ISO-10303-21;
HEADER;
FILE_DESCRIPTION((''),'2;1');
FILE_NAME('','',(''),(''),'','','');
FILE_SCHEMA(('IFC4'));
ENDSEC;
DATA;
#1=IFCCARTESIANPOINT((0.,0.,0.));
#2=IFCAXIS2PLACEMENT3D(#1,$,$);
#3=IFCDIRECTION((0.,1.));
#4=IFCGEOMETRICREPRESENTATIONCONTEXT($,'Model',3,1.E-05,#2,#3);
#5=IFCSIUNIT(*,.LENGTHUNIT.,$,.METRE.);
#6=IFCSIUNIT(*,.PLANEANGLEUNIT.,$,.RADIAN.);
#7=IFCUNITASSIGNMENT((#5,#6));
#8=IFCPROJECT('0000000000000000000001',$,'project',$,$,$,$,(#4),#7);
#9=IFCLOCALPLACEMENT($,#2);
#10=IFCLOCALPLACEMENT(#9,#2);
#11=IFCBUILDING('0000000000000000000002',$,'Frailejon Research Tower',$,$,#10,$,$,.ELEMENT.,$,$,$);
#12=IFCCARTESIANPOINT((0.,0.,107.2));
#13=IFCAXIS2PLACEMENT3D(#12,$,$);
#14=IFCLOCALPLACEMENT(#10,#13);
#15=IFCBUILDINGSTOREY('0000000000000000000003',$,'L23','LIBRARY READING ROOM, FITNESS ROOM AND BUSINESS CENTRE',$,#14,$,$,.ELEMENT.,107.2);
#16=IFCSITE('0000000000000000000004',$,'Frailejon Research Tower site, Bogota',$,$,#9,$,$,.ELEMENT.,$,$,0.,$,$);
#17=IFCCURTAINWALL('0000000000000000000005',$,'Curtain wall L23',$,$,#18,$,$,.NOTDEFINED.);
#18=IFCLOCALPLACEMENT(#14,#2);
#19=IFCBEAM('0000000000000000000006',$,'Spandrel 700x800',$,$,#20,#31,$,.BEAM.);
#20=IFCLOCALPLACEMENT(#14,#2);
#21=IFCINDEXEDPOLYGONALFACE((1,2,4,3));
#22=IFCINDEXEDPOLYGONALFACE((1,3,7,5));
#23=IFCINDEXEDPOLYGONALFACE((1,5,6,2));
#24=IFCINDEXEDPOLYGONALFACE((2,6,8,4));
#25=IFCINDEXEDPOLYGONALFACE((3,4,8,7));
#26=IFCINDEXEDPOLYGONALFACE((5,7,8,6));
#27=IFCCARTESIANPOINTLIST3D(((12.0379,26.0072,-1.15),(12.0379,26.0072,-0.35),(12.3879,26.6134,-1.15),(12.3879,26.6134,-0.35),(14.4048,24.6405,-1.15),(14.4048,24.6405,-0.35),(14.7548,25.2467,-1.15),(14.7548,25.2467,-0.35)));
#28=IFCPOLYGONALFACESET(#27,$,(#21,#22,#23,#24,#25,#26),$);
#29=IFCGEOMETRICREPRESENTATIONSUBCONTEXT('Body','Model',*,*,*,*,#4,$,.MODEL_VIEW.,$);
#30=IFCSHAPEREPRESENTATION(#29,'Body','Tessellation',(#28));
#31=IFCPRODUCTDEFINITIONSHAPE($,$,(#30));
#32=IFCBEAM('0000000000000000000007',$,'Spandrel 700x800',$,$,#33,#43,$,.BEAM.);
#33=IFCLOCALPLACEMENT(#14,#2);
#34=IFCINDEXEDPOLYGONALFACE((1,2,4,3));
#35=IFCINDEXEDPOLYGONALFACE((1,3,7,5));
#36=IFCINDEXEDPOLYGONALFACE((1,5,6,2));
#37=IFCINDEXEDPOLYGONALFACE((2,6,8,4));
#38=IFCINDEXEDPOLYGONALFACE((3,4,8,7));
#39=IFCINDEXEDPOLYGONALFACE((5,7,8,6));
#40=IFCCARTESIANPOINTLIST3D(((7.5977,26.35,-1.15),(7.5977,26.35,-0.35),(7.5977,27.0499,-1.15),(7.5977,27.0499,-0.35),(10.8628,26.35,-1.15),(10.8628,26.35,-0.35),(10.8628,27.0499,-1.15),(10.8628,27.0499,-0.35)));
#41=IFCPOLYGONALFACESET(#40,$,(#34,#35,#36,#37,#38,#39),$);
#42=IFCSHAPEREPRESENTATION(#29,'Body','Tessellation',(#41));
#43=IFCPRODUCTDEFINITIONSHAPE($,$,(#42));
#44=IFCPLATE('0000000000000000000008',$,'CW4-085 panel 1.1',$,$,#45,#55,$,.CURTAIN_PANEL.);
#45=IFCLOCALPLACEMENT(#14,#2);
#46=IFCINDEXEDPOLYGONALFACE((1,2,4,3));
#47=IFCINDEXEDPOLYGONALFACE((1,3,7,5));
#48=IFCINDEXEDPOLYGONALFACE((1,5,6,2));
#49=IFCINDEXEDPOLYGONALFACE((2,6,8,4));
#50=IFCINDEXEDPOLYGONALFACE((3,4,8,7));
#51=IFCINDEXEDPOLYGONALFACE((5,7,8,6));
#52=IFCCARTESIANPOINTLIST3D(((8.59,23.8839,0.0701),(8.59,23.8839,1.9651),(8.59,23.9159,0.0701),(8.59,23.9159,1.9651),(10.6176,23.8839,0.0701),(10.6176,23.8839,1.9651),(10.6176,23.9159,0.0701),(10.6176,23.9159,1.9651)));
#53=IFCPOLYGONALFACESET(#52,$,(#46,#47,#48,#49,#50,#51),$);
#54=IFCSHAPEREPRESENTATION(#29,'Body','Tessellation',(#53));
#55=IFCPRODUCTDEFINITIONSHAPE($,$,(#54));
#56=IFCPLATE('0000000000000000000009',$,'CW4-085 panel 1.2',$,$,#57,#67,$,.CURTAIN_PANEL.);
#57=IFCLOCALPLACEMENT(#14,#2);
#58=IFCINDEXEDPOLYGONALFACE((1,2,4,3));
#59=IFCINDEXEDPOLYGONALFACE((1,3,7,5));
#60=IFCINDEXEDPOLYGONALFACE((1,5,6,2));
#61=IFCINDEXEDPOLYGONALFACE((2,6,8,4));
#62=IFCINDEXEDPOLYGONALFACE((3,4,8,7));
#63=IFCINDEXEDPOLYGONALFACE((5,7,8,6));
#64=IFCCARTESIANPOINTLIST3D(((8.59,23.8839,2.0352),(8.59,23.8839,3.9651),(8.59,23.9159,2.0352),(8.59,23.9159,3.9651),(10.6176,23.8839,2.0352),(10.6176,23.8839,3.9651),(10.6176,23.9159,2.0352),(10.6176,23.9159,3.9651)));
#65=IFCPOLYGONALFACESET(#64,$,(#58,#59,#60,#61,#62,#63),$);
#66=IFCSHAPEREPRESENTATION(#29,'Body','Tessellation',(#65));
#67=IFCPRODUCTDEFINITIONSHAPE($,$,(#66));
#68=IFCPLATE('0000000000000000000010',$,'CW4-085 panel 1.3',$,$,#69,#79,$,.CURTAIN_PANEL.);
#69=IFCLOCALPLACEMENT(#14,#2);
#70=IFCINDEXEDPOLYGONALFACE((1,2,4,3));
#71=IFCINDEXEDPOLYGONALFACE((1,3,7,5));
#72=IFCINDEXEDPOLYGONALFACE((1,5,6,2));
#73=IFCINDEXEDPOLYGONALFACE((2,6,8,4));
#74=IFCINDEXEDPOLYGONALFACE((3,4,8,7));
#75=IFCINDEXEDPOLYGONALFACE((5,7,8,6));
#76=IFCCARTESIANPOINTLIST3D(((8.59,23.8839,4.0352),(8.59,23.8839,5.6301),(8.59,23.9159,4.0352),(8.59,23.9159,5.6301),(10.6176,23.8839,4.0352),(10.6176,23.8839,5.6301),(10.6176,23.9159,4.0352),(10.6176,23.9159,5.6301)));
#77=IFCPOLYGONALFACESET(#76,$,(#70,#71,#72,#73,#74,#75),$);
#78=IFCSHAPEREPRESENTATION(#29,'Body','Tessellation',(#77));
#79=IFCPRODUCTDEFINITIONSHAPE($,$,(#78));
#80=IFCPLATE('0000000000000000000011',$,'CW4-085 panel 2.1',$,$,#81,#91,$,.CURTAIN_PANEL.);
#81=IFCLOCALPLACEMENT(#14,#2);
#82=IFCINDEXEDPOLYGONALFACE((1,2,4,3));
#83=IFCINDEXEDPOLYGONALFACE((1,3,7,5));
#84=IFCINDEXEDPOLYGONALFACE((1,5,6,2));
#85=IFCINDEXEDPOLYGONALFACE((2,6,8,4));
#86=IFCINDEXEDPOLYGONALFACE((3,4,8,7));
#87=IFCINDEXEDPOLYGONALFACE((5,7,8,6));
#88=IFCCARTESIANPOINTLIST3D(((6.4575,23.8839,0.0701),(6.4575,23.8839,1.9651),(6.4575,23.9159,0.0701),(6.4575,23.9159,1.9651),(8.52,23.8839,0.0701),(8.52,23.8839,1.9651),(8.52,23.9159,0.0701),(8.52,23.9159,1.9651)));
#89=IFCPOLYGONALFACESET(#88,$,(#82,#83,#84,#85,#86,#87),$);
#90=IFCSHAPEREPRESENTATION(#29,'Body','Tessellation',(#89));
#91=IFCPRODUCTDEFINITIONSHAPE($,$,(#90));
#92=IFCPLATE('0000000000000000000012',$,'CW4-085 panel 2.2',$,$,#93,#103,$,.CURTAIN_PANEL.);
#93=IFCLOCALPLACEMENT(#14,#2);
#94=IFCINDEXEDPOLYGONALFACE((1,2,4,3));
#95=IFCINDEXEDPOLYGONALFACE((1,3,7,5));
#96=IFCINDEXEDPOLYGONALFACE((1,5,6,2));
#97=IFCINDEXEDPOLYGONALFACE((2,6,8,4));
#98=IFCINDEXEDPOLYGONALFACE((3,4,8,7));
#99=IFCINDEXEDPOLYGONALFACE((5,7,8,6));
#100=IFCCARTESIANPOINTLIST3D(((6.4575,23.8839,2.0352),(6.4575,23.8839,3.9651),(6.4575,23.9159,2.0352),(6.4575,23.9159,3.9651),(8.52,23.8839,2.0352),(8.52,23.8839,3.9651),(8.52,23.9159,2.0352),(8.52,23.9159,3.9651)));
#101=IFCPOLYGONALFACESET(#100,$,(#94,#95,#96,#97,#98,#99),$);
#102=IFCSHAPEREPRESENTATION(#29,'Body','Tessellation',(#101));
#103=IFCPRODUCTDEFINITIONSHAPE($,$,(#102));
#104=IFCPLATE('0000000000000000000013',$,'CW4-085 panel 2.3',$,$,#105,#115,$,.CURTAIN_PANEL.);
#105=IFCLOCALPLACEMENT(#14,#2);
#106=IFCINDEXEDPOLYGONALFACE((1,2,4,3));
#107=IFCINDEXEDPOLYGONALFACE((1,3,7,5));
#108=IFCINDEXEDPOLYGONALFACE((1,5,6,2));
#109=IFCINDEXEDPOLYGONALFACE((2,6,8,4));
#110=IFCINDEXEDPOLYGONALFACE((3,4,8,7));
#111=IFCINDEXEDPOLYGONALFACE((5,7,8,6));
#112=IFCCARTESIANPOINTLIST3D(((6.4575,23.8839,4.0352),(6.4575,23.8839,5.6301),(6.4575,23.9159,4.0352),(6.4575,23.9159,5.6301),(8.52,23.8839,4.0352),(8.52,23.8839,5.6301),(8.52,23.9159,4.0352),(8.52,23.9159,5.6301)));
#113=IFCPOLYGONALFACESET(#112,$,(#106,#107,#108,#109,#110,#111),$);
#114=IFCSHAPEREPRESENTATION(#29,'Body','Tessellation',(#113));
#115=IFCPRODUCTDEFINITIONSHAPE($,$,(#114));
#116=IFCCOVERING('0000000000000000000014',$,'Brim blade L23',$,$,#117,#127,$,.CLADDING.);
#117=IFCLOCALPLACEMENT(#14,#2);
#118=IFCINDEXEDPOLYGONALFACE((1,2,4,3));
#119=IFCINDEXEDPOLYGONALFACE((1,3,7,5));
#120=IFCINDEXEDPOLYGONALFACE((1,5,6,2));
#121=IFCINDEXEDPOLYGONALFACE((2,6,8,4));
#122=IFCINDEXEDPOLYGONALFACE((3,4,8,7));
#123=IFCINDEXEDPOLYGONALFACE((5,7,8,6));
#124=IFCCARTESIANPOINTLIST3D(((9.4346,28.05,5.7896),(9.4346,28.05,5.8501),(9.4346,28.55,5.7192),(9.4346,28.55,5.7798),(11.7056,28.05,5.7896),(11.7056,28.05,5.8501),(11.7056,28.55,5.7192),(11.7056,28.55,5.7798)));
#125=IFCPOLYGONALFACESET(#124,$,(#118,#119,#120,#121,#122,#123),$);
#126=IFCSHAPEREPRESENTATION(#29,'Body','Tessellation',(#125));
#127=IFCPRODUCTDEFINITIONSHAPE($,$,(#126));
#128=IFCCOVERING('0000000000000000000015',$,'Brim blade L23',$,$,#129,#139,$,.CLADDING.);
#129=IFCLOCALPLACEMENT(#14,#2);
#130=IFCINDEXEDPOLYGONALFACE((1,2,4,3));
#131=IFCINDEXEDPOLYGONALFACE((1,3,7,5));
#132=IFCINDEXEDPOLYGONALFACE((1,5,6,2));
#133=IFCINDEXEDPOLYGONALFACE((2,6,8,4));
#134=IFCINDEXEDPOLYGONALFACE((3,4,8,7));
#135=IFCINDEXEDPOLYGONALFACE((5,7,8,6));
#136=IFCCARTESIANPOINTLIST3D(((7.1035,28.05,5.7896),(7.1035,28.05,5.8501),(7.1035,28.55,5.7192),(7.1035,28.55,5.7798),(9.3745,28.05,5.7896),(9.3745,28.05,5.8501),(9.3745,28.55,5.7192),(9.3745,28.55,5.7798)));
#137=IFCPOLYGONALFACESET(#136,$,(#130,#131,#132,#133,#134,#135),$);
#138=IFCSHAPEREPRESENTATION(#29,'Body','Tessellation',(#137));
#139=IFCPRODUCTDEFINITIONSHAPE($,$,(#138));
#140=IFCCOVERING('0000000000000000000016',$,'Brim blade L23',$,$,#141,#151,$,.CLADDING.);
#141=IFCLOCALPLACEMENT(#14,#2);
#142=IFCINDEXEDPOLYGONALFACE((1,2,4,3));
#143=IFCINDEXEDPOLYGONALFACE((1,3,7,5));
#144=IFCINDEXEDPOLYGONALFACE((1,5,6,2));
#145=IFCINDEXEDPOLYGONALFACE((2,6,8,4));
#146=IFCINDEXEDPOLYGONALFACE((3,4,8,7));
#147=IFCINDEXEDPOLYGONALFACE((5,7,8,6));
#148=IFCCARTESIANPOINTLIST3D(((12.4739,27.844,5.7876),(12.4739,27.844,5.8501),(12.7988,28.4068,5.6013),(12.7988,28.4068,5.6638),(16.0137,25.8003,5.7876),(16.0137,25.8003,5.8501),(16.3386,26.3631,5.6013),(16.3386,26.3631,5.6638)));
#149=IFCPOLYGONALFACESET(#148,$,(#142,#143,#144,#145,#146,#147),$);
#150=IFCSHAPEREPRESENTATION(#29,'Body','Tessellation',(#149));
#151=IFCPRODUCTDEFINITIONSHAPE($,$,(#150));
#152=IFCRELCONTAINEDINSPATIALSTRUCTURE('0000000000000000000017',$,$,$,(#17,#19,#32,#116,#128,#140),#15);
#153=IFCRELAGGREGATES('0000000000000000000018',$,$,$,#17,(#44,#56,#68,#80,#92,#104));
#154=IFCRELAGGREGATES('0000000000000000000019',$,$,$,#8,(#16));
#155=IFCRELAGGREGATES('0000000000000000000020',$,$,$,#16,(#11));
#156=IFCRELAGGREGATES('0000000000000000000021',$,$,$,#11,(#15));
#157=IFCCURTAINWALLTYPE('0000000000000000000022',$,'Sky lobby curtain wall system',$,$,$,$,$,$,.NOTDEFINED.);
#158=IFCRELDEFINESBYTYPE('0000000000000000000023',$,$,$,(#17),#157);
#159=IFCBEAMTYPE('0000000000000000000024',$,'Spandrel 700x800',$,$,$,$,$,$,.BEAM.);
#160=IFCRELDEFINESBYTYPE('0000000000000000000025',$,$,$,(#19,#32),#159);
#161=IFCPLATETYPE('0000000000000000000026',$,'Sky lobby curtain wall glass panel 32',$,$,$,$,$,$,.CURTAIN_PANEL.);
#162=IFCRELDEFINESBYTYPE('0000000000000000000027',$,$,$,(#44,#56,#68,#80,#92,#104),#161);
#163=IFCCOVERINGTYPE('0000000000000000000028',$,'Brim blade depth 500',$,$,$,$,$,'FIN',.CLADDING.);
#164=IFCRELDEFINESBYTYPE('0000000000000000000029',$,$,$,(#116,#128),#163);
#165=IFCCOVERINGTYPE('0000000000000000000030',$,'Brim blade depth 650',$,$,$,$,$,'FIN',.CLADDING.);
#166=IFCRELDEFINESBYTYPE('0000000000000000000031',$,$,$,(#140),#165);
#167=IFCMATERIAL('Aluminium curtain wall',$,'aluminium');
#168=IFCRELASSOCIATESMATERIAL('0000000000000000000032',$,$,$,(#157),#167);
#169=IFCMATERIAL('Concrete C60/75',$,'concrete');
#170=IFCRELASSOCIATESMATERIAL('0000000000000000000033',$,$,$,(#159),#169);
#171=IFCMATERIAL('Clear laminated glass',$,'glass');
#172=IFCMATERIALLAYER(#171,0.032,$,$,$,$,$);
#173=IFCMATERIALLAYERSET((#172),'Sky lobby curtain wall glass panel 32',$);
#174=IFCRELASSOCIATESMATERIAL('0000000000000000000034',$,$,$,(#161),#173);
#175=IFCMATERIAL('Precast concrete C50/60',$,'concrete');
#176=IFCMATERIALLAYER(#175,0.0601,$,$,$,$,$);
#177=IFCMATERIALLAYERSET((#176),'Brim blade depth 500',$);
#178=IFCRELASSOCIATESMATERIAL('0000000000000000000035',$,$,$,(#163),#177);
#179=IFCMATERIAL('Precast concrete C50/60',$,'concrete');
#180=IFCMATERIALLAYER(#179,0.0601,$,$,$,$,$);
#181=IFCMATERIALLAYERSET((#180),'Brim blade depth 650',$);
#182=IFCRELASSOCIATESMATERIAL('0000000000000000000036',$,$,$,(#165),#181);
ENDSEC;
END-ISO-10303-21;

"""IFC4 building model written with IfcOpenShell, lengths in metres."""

from ifc_helpers import new_model, si_unit, direction, frame, origin, origin_2d, place, context, subcontext, project, spatial, polyline, rectangle, outline, extrude, material, layer, layer_set, material_profile, profile_set, type_object, element, aggregate, save


model = new_model("IFC4")

# Units and contexts
model_context = context("Model", 3, precision=1e-05, world=origin(), true_north=direction((0.0, 1.0)))
body_context = subcontext(model_context, "Body", "Model", "MODEL_VIEW")
ifc_project = project(units=[si_unit("LENGTHUNIT", "METRE"), si_unit("PLANEANGLEUNIT", "RADIAN")], contexts=[model_context])

# Site, building, storey
site_placement = place(None, origin())
site = spatial("IfcSite", under=ifc_project, at=site_placement, Name="Frailejon Research Tower site, Bogota", CompositionType="ELEMENT", RefElevation=0.0)
building_placement = place(site_placement, origin())
building = spatial("IfcBuilding", under=site, at=building_placement, Name="Frailejon Research Tower", CompositionType="ELEMENT")
storey_placement = place(building_placement, frame((0.0, 0.0, 107.2)))
storey = spatial("IfcBuildingStorey", under=building, at=storey_placement, Name="L23", Description="LIBRARY READING ROOM, FITNESS ROOM AND BUSINESS CENTRE", CompositionType="ELEMENT", Elevation=107.2)

# Curtain wall
ifc_material_1 = material(Name="Aluminium curtain wall", Category="aluminium")
curtain_wall_type = type_object("IfcCurtainWallType", Name="Sky lobby curtain wall system", PredefinedType="NOTDEFINED", material=ifc_material_1)
curtain_wall_placement = place(storey_placement, origin())
curtain_wall = element("IfcCurtainWall", 1, at=curtain_wall_placement, inside=storey, type_object=curtain_wall_type, Name="Curtain wall L23", PredefinedType="NOTDEFINED")

# Beams
ifc_material_2 = material(Name="Concrete C60/75", Category="concrete")
ifc_material_profile_1 = material_profile(ifc_material_2, rectangle(XDim=0.7, YDim=0.8, at=origin_2d()), Name="Spandrel 700x800")
ifc_profile_set_1 = profile_set([ifc_material_profile_1], Name="Concrete C60/75")
beam_type_1 = type_object("IfcBeamType", Name="Spandrel 700x800", PredefinedType="BEAM", material=ifc_profile_set_1)
beam_1_placement = place(storey_placement, frame((14.5798, 24.9436, -0.75), z_axis=(-0.866003, 0.500039, 0.0), x_axis=(-0.500039, -0.866003, 0.0)))
element("IfcBeam", 2, at=beam_1_placement, inside=storey, type_object=beam_type_1, Name="Spandrel 700x800", PredefinedType="BEAM", context=body_context, shape_type="SweptSolid", body=[
    extrude(rectangle(XDim=0.7, YDim=0.8, at=origin_2d()), origin(), (0.0, 0.0, 1.0), 2.7332),
])
beam_2_placement = place(storey_placement, frame((10.8628, 26.7, -0.75), z_axis=(-1.0, 0.0, 0.0), x_axis=(0.0, -1.0, 0.0)))
element("IfcBeam", 3, at=beam_2_placement, inside=storey, type_object=beam_type_1, Name="Spandrel 700x800", PredefinedType="BEAM", context=body_context, shape_type="SweptSolid", body=[
    extrude(rectangle(XDim=0.7, YDim=0.8, at=origin_2d()), origin(), (0.0, 0.0, 1.0), 3.2651),
])

# Plates
ifc_material_3 = material(Name="Clear laminated glass", Category="glass")
ifc_layer_1 = layer(ifc_material_3, 0.032)
ifc_layer_set_1 = layer_set([ifc_layer_1], Name="Sky lobby curtain wall glass panel 32")
plate_type = type_object("IfcPlateType", Name="Sky lobby curtain wall glass panel 32", PredefinedType="CURTAIN_PANEL", material=ifc_layer_set_1)
plate_1_placement = place(storey_placement, frame((9.6038, 23.8999, 0.0701), z_axis=(0.0, 0.0, 1.0), x_axis=(-1.0, 0.0, 0.0)))
plate_1 = element("IfcPlate", 4, at=plate_1_placement, type_object=plate_type, Name="CW4-085 panel 1.1", PredefinedType="CURTAIN_PANEL", context=body_context, shape_type="SweptSolid", body=[
    extrude(rectangle(XDim=2.0276, YDim=0.032, at=origin_2d()), origin(), (0.0, 0.0, 1.0), 1.895),
])
plate_2_placement = place(storey_placement, frame((9.6038, 23.8999, 2.0352), z_axis=(0.0, 0.0, 1.0), x_axis=(-1.0, 0.0, 0.0)))
plate_2 = element("IfcPlate", 5, at=plate_2_placement, type_object=plate_type, Name="CW4-085 panel 1.2", PredefinedType="CURTAIN_PANEL", context=body_context, shape_type="SweptSolid", body=[
    extrude(rectangle(XDim=2.0276, YDim=0.032, at=origin_2d()), origin(), (0.0, 0.0, 1.0), 1.9299),
])
plate_3_placement = place(storey_placement, frame((9.6038, 23.8999, 4.0352), z_axis=(0.0, 0.0, 1.0), x_axis=(-1.0, 0.0, 0.0)))
plate_3 = element("IfcPlate", 6, at=plate_3_placement, type_object=plate_type, Name="CW4-085 panel 1.3", PredefinedType="CURTAIN_PANEL", context=body_context, shape_type="SweptSolid", body=[
    extrude(rectangle(XDim=2.0276, YDim=0.032, at=origin_2d()), origin(), (0.0, 0.0, 1.0), 1.595),
])
plate_4_placement = place(storey_placement, frame((7.4888, 23.8999, 0.0701), z_axis=(0.0, 0.0, 1.0), x_axis=(-1.0, 0.0, 0.0)))
plate_4 = element("IfcPlate", 7, at=plate_4_placement, type_object=plate_type, Name="CW4-085 panel 2.1", PredefinedType="CURTAIN_PANEL", context=body_context, shape_type="SweptSolid", body=[
    extrude(rectangle(XDim=2.0625, YDim=0.032, at=origin_2d()), origin(), (0.0, 0.0, 1.0), 1.895),
])
plate_5_placement = place(storey_placement, frame((7.4888, 23.8999, 2.0352), z_axis=(0.0, 0.0, 1.0), x_axis=(-1.0, 0.0, 0.0)))
plate_5 = element("IfcPlate", 8, at=plate_5_placement, type_object=plate_type, Name="CW4-085 panel 2.2", PredefinedType="CURTAIN_PANEL", context=body_context, shape_type="SweptSolid", body=[
    extrude(rectangle(XDim=2.0625, YDim=0.032, at=origin_2d()), origin(), (0.0, 0.0, 1.0), 1.9299),
])
plate_6_placement = place(storey_placement, frame((7.4888, 23.8999, 4.0352), z_axis=(0.0, 0.0, 1.0), x_axis=(-1.0, 0.0, 0.0)))
plate_6 = element("IfcPlate", 9, at=plate_6_placement, type_object=plate_type, Name="CW4-085 panel 2.3", PredefinedType="CURTAIN_PANEL", context=body_context, shape_type="SweptSolid", body=[
    extrude(rectangle(XDim=2.0625, YDim=0.032, at=origin_2d()), origin(), (0.0, 0.0, 1.0), 1.595),
])
aggregate(curtain_wall, [plate_1, plate_2, plate_3, plate_4, plate_5, plate_6])

# Coverings
ifc_material_4 = material(Name="Precast concrete C50/60", Category="concrete")
ifc_layer_2 = layer(ifc_material_4, 0.0601)
ifc_layer_set_2 = layer_set([ifc_layer_2], Name="Brim blade depth 500")
covering_type_1 = type_object("IfcCoveringType", Name="Brim blade depth 500", ElementType="FIN", PredefinedType="CLADDING", material=ifc_layer_set_2)
for number, where, z_axis, x_axis, name in (
    (10, (9.4346, 28.05, 5.8501), (1.0, 0.0, 0.0), (0.0, 1.0, 0.0), "Brim blade L23"),
    (11, (7.1035, 28.05, 5.8501), (1.0, 0.0, 0.0), (0.0, 1.0, 0.0), "Brim blade L23"),
):
    element("IfcCovering", number, at=place(storey_placement, frame(where, z_axis=z_axis, x_axis=x_axis)), inside=storey, type_object=covering_type_1, Name=name, PredefinedType="CLADDING", context=body_context, shape_type="SweptSolid", body=[
        extrude(outline(polyline([(0.0, -0.0605), (0.5, -0.1309), (0.5, -0.0703), (0.0, 0.0), (0.0, -0.0605)])), origin(), (0.0, 0.0, 1.0), 2.271),
    ])
ifc_material_5 = material(Name="Precast concrete C50/60", Category="concrete")
ifc_layer_3 = layer(ifc_material_5, 0.0601)
ifc_layer_set_3 = layer_set([ifc_layer_3], Name="Brim blade depth 650")
covering_type_2 = type_object("IfcCoveringType", Name="Brim blade depth 650", ElementType="FIN", PredefinedType="CLADDING", material=ifc_layer_set_3)
covering_placement = place(storey_placement, frame((12.4739, 27.844, 5.8501), z_axis=(0.866021, -0.500007, 0.0), x_axis=(0.500007, 0.866021, 0.0)))
element("IfcCovering", 12, at=covering_placement, inside=storey, type_object=covering_type_2, Name="Brim blade L23", PredefinedType="CLADDING", context=body_context, shape_type="SweptSolid", body=[
    extrude(outline(polyline([(0.0, -0.0625), (0.6499, -0.2488), (0.6499, -0.1863), (0.0, 0.0), (0.0, -0.0625)])), origin(), (0.0, 0.0, 1.0), 4.0874),
])

save(model, "model.ifc")
